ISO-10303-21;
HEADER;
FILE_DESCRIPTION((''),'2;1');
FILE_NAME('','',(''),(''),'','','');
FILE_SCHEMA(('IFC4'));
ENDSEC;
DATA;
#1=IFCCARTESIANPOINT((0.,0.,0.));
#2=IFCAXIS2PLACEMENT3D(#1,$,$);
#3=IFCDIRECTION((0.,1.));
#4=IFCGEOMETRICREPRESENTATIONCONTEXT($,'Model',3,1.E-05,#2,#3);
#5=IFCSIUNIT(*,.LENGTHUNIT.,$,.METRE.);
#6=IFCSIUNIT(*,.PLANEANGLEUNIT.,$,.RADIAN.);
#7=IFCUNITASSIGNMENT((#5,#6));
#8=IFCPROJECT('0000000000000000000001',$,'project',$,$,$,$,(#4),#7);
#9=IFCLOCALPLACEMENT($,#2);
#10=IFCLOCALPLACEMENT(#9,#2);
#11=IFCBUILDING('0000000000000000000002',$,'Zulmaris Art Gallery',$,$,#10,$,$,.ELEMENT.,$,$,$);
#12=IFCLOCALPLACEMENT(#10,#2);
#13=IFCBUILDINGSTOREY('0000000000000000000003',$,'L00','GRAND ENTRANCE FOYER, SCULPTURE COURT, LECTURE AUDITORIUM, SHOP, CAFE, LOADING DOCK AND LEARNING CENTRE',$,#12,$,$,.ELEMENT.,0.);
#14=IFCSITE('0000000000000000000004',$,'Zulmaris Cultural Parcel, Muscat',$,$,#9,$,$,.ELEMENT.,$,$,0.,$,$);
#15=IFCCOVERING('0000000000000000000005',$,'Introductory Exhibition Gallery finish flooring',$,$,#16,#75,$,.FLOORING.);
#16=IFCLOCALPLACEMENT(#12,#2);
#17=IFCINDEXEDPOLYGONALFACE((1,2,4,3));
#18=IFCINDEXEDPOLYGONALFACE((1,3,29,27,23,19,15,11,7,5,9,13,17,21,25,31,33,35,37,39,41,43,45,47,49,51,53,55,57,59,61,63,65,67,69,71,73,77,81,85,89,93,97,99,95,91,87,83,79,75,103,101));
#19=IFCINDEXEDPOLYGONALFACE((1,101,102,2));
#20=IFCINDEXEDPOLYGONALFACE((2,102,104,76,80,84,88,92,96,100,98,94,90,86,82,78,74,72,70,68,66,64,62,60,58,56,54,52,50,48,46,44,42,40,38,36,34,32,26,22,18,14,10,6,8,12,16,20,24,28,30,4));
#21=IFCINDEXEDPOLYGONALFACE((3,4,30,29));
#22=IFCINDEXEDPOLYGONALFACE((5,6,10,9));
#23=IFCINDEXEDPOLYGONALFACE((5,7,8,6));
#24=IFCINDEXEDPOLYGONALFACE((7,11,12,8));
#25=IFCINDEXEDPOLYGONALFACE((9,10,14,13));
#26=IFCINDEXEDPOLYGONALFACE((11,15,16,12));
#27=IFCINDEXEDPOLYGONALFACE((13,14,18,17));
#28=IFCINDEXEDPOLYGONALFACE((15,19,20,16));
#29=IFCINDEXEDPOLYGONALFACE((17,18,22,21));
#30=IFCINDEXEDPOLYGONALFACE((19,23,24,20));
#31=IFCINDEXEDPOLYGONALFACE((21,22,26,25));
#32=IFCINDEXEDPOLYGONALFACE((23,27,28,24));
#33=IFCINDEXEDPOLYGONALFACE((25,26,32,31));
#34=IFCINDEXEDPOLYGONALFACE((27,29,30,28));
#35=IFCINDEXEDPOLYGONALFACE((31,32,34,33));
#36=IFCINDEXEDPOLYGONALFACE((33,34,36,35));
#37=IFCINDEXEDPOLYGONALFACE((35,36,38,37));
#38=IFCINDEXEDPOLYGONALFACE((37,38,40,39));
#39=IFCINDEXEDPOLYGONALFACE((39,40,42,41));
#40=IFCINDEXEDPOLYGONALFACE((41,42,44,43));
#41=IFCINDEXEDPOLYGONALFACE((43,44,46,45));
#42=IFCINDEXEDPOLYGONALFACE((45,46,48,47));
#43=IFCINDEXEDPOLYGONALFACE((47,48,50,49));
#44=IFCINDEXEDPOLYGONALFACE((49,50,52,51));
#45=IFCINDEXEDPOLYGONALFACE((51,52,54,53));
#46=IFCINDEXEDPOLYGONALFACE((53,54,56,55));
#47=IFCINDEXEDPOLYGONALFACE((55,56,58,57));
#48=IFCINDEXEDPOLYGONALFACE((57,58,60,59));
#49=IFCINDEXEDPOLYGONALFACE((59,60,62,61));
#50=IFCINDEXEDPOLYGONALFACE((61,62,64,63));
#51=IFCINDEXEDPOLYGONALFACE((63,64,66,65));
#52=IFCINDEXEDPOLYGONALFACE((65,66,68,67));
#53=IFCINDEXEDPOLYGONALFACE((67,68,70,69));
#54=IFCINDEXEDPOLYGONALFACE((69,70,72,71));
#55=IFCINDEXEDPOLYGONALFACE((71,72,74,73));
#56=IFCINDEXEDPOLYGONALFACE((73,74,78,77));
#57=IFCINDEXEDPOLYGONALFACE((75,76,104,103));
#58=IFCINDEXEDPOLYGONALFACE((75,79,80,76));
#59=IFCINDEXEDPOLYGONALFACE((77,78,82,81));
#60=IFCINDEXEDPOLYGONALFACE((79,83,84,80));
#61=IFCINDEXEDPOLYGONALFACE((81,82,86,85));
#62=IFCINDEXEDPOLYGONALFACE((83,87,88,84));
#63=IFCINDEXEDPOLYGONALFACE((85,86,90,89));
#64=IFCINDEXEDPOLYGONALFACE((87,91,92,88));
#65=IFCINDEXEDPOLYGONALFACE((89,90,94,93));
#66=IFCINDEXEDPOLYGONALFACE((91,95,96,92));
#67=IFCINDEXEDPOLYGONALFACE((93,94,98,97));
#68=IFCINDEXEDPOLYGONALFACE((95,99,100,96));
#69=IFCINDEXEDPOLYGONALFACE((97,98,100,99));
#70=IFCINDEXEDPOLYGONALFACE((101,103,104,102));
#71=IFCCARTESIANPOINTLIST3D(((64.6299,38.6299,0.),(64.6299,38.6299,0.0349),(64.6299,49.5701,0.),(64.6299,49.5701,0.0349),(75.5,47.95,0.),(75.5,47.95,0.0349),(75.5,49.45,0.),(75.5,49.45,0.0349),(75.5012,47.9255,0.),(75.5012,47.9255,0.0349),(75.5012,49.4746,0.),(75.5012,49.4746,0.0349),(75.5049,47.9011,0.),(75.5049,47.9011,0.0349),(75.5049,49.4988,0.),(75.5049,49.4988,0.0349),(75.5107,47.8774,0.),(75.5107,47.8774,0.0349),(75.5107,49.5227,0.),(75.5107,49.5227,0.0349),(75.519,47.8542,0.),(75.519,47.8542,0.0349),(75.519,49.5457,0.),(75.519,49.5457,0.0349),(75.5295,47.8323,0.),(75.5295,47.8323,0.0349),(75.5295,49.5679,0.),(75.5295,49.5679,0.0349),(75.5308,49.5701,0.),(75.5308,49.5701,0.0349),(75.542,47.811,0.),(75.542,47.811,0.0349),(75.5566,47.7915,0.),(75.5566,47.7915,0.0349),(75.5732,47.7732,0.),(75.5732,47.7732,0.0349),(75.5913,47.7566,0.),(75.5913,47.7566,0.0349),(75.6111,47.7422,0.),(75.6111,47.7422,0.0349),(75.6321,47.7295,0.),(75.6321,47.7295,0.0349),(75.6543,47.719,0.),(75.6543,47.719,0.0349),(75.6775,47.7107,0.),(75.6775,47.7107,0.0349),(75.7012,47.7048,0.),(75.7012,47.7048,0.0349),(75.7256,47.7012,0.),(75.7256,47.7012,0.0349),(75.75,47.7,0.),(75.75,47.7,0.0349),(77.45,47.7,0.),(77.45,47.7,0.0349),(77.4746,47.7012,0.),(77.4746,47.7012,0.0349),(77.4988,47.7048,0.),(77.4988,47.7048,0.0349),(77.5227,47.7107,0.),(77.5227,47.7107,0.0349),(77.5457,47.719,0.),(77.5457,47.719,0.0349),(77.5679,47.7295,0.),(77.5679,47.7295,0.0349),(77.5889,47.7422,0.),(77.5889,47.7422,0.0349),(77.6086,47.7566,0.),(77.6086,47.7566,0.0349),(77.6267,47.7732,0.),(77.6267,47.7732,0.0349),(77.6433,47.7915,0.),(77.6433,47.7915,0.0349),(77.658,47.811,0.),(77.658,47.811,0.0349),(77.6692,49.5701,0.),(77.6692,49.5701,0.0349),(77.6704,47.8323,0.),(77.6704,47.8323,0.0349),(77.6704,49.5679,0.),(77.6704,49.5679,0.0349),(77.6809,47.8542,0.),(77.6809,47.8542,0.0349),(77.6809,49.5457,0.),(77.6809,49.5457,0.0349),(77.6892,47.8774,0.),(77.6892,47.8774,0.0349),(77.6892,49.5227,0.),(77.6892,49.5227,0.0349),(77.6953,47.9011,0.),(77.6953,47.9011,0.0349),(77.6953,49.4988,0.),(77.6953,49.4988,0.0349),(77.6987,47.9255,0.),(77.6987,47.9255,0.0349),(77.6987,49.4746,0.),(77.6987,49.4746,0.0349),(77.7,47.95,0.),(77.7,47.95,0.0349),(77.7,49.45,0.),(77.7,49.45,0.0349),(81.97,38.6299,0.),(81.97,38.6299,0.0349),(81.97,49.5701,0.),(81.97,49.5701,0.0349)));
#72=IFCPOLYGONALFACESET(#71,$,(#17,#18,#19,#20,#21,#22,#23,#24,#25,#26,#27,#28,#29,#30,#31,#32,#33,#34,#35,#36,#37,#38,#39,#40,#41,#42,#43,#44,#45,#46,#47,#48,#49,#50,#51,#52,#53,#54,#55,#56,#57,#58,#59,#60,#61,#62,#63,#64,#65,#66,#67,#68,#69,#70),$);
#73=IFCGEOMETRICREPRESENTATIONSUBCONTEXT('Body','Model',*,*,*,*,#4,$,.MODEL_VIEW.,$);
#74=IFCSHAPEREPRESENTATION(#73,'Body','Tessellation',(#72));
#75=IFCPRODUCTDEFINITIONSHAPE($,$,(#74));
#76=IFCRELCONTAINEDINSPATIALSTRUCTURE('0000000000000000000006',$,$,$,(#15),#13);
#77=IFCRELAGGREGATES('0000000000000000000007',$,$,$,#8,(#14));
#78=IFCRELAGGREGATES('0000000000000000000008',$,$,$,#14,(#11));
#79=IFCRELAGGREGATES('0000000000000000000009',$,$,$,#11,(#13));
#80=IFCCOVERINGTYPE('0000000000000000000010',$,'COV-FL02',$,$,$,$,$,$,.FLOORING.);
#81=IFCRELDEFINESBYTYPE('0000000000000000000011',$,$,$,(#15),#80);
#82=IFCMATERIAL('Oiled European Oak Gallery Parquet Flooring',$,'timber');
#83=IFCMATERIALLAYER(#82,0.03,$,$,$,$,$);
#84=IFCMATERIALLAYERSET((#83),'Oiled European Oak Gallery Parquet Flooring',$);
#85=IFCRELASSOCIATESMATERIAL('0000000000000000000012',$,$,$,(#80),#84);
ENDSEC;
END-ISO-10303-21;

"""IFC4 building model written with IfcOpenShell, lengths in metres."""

from ifc_helpers import new_model, si_unit, direction, origin, place, context, subcontext, project, spatial, polyline, outline, extrude, material, layer, layer_set, type_object, element, save


model = new_model("IFC4")

# Units and contexts
model_context = context("Model", 3, precision=1e-05, world=origin(), true_north=direction((0.0, 1.0)))
body_context = subcontext(model_context, "Body", "Model", "MODEL_VIEW")
ifc_project = project(units=[si_unit("LENGTHUNIT", "METRE"), si_unit("PLANEANGLEUNIT", "RADIAN")], contexts=[model_context])

# Site, building, storey
site_placement = place(None, origin())
site = spatial("IfcSite", under=ifc_project, at=site_placement, Name="Zulmaris Cultural Parcel, Muscat", CompositionType="ELEMENT", RefElevation=0.0)
building_placement = place(site_placement, origin())
building = spatial("IfcBuilding", under=site, at=building_placement, Name="Zulmaris Art Gallery", CompositionType="ELEMENT")
storey_placement = place(building_placement, origin())
storey = spatial("IfcBuildingStorey", under=building, at=storey_placement, Name="L00", Description="GRAND ENTRANCE FOYER, SCULPTURE COURT, LECTURE AUDITORIUM, SHOP, CAFE, LOADING DOCK AND LEARNING CENTRE", CompositionType="ELEMENT", Elevation=0.0)

# Covering
ifc_material_1 = material(Name="Oiled European Oak Gallery Parquet Flooring", Category="timber")
ifc_layer_1 = layer(ifc_material_1, 0.03)
ifc_layer_set_1 = layer_set([ifc_layer_1], Name="Oiled European Oak Gallery Parquet Flooring")
covering_type_1 = type_object("IfcCoveringType", Name="COV-FL02", PredefinedType="FLOORING", material=ifc_layer_set_1)
covering_1_placement = place(storey_placement, origin())
element("IfcCovering", 1, at=covering_1_placement, inside=storey, type_object=covering_type_1, Name="Introductory Exhibition Gallery finish flooring", PredefinedType="FLOORING", context=body_context, shape_type="SweptSolid", body=[
    extrude(outline(polyline([(75.5295, 49.5679), (75.519, 49.5457), (75.5107, 49.5227), (75.5049, 49.4988), (75.5012, 49.4746), (75.5, 49.45), (75.5, 47.95), (75.5012, 47.9255), (75.5049, 47.9011), (75.5107, 47.8774), (75.519, 47.8542), (75.5295, 47.8323), (75.542, 47.811), (75.5566, 47.7915), (75.5732, 47.7732), (75.5913, 47.7566), (75.6111, 47.7422), (75.6321, 47.7295), (75.6543, 47.719), (75.6775, 47.7107), (75.7012, 47.7048), (75.7256, 47.7012), (75.75, 47.7), (77.45, 47.7), (77.4746, 47.7012), (77.4988, 47.7048), (77.5227, 47.7107), (77.5457, 47.719), (77.5679, 47.7295), (77.5889, 47.7422), (77.6086, 47.7566), (77.6267, 47.7732), (77.6433, 47.7915), (77.658, 47.811), (77.6704, 47.8323), (77.6809, 47.8542), (77.6892, 47.8774), (77.6953, 47.9011), (77.6987, 47.9255), (77.7, 47.95), (77.7, 49.45), (77.6987, 49.4746), (77.6953, 49.4988), (77.6892, 49.5227), (77.6809, 49.5457), (77.6704, 49.5679), (77.6692, 49.5701), (81.97, 49.5701), (81.97, 38.6299), (64.6299, 38.6299), (64.6299, 49.5701), (75.5308, 49.5701), (75.5295, 49.5679)])), origin(), (0.0, 0.0, 1.0), 0.0349),
])

save(model, "model.ifc")
